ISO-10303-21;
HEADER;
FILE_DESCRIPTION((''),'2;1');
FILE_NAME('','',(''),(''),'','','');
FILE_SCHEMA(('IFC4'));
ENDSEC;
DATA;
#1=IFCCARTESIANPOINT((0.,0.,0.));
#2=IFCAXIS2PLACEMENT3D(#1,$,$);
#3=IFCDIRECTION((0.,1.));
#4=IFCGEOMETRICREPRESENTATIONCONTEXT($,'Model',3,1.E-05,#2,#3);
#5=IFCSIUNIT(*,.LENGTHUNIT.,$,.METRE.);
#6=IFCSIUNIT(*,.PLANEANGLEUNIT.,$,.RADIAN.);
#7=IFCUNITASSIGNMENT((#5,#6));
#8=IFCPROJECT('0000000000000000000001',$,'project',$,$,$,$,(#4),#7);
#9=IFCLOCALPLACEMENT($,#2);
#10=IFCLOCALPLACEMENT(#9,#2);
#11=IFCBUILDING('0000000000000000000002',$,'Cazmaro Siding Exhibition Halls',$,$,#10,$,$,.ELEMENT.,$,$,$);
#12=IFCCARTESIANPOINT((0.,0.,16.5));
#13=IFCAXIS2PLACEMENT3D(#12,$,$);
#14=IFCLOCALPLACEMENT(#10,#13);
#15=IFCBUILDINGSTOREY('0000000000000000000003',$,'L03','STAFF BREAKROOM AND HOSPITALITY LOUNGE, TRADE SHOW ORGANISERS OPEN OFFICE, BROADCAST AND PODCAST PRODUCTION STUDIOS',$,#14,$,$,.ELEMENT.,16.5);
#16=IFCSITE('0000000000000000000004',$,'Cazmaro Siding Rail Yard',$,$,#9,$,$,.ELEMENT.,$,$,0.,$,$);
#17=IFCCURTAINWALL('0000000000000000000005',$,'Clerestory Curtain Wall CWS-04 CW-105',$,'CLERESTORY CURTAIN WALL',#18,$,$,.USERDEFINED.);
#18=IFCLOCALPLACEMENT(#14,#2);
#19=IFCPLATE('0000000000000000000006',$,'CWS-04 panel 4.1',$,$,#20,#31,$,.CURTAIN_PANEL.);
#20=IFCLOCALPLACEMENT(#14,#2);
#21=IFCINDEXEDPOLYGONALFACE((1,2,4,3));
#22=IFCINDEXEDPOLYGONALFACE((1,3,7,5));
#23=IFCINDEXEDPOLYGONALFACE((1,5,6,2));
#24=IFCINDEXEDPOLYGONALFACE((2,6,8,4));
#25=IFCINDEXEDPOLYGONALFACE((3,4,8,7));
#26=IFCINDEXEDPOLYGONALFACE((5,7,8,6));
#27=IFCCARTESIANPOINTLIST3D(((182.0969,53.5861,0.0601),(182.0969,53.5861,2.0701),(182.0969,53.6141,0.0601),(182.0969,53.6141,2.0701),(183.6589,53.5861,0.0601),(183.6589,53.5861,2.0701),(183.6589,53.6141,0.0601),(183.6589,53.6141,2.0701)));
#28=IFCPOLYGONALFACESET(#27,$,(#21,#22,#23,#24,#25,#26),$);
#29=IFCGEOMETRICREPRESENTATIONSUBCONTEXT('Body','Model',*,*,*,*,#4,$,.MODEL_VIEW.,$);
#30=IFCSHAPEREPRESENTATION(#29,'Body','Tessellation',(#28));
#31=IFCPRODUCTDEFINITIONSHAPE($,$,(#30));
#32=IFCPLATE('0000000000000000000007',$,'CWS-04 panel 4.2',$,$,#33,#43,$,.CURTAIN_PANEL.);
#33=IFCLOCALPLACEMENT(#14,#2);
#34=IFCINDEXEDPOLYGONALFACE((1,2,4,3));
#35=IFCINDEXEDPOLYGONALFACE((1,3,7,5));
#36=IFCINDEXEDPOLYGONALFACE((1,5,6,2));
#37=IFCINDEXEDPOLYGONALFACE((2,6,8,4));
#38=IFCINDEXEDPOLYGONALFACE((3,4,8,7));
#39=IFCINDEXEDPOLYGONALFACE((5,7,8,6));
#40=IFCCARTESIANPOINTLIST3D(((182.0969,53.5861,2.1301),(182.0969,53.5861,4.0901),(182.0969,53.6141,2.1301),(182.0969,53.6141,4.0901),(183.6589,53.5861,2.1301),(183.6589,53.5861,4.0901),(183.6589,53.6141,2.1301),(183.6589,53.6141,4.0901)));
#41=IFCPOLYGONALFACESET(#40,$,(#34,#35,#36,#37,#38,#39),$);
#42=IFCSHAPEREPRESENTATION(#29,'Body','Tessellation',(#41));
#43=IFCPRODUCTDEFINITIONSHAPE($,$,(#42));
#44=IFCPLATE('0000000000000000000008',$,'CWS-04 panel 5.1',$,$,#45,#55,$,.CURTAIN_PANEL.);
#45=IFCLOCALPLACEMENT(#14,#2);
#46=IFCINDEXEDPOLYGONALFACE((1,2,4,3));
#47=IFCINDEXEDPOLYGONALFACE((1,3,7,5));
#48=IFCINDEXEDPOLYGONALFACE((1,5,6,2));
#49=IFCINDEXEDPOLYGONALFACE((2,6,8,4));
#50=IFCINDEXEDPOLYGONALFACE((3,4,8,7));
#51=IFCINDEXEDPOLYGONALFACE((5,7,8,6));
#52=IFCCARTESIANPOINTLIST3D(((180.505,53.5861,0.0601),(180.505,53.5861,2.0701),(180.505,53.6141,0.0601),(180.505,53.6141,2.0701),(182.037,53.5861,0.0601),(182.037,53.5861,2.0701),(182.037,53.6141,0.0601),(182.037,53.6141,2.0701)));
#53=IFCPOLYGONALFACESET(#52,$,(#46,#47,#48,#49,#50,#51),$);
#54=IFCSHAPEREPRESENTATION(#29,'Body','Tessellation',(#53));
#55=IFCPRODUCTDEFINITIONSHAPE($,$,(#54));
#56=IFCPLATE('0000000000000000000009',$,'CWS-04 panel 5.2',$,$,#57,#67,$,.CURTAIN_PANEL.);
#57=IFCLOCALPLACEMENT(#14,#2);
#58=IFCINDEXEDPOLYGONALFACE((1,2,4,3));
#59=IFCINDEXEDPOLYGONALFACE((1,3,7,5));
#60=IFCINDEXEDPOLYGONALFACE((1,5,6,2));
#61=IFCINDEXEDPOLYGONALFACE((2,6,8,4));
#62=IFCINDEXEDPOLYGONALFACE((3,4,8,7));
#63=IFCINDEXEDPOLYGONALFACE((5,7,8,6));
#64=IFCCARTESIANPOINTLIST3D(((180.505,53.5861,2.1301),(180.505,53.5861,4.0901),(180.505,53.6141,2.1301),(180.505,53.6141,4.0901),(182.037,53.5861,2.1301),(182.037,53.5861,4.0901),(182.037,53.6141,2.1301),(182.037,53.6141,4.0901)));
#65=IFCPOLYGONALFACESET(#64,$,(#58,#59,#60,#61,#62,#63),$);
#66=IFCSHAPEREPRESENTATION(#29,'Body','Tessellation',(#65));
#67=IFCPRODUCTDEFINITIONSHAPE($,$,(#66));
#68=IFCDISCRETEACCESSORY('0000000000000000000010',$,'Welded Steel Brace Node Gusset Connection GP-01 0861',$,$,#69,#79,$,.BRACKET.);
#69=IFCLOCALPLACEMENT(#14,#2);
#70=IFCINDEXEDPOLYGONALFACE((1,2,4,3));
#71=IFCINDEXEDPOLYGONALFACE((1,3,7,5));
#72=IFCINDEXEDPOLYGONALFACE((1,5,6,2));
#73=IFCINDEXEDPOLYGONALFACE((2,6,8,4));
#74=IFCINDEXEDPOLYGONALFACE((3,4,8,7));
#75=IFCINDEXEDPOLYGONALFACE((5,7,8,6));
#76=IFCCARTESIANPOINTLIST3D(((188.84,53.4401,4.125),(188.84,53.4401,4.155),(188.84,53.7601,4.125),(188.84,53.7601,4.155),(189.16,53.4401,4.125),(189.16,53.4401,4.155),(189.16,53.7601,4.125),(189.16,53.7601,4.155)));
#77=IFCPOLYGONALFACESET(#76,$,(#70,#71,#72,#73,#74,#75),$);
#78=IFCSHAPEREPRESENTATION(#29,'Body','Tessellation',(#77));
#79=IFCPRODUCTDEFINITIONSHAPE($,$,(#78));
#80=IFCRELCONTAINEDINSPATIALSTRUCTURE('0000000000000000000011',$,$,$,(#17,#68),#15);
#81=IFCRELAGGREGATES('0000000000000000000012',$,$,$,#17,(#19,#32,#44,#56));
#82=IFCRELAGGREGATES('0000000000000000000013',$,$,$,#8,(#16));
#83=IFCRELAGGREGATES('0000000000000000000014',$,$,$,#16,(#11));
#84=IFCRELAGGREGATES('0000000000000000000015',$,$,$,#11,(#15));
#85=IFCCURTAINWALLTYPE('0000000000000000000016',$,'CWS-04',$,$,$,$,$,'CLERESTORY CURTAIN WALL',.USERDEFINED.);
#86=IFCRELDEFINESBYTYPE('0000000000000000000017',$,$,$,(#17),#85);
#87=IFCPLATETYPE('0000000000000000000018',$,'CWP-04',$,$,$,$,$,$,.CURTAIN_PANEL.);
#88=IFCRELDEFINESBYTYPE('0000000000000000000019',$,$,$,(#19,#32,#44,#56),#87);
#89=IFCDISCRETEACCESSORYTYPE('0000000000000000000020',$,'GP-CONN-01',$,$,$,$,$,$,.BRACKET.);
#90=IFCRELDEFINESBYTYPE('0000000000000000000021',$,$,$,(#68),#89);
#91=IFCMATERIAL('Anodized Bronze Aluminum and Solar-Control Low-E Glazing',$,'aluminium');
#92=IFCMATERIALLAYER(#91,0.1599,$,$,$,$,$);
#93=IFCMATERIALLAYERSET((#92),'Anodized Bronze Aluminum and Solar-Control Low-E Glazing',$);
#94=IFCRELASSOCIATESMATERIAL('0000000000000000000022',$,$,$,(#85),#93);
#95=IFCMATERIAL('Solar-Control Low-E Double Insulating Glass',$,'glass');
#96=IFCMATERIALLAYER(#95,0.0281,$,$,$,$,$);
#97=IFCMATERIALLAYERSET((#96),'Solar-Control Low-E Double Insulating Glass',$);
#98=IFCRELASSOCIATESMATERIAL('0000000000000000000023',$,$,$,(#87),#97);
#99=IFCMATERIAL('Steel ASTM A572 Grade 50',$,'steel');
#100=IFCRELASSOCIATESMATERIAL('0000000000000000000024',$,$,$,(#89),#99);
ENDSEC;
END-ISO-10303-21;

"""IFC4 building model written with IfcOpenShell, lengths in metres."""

from ifc_helpers import new_model, si_unit, direction, frame, origin, origin_2d, place, context, subcontext, project, spatial, rectangle, extrude, material, layer, layer_set, type_object, element, aggregate, save


model = new_model("IFC4")

# Units and contexts
model_context = context("Model", 3, precision=1e-05, world=origin(), true_north=direction((0.0, 1.0)))
body_context = subcontext(model_context, "Body", "Model", "MODEL_VIEW")
ifc_project = project(units=[si_unit("LENGTHUNIT", "METRE"), si_unit("PLANEANGLEUNIT", "RADIAN")], contexts=[model_context])

# Site, building, storey
site_placement = place(None, origin())
site = spatial("IfcSite", under=ifc_project, at=site_placement, Name="Cazmaro Siding Rail Yard", CompositionType="ELEMENT", RefElevation=0.0)
building_placement = place(site_placement, origin())
building = spatial("IfcBuilding", under=site, at=building_placement, Name="Cazmaro Siding Exhibition Halls", CompositionType="ELEMENT")
storey_placement = place(building_placement, frame((0.0, 0.0, 16.5)))
storey = spatial("IfcBuildingStorey", under=building, at=storey_placement, Name="L03", Description="STAFF BREAKROOM AND HOSPITALITY LOUNGE, TRADE SHOW ORGANISERS OPEN OFFICE, BROADCAST AND PODCAST PRODUCTION STUDIOS", CompositionType="ELEMENT", Elevation=16.5)

# Curtain wall
ifc_material_1 = material(Name="Anodized Bronze Aluminum and Solar-Control Low-E Glazing", Category="aluminium")
ifc_layer_1 = layer(ifc_material_1, 0.1599)
ifc_layer_set_1 = layer_set([ifc_layer_1], Name="Anodized Bronze Aluminum and Solar-Control Low-E Glazing")
curtain_wall_type = type_object("IfcCurtainWallType", Name="CWS-04", ElementType="CLERESTORY CURTAIN WALL", PredefinedType="USERDEFINED", material=ifc_layer_set_1)
curtain_wall_placement = place(storey_placement, origin())
curtain_wall = element("IfcCurtainWall", 1, at=curtain_wall_placement, inside=storey, type_object=curtain_wall_type, Name="Clerestory Curtain Wall CWS-04 CW-105", ObjectType="CLERESTORY CURTAIN WALL", PredefinedType="USERDEFINED")

# Plates
ifc_material_2 = material(Name="Solar-Control Low-E Double Insulating Glass", Category="glass")
ifc_layer_2 = layer(ifc_material_2, 0.0281)
ifc_layer_set_2 = layer_set([ifc_layer_2], Name="Solar-Control Low-E Double Insulating Glass")
plate_type = type_object("IfcPlateType", Name="CWP-04", PredefinedType="CURTAIN_PANEL", material=ifc_layer_set_2)
plate_1_placement = place(storey_placement, frame((182.8779, 53.6001, 0.0601), z_axis=(0.0, 0.0, 1.0), x_axis=(-1.0, 0.0, 0.0)))
plate_1 = element("IfcPlate", 2, at=plate_1_placement, type_object=plate_type, Name="CWS-04 panel 4.1", PredefinedType="CURTAIN_PANEL", context=body_context, shape_type="SweptSolid", body=[
    extrude(rectangle(XDim=1.562, YDim=0.0281, at=origin_2d()), origin(), (0.0, 0.0, 1.0), 2.01),
])
plate_2_placement = place(storey_placement, frame((182.8779, 53.6001, 2.1301), z_axis=(0.0, 0.0, 1.0), x_axis=(-1.0, 0.0, 0.0)))
plate_2 = element("IfcPlate", 3, at=plate_2_placement, type_object=plate_type, Name="CWS-04 panel 4.2", PredefinedType="CURTAIN_PANEL", context=body_context, shape_type="SweptSolid", body=[
    extrude(rectangle(XDim=1.562, YDim=0.0281, at=origin_2d()), origin(), (0.0, 0.0, 1.0), 1.96),
])
plate_3_placement = place(storey_placement, frame((181.271, 53.6001, 0.0601), z_axis=(0.0, 0.0, 1.0), x_axis=(-1.0, 0.0, 0.0)))
plate_3 = element("IfcPlate", 4, at=plate_3_placement, type_object=plate_type, Name="CWS-04 panel 5.1", PredefinedType="CURTAIN_PANEL", context=body_context, shape_type="SweptSolid", body=[
    extrude(rectangle(XDim=1.532, YDim=0.0281, at=origin_2d()), origin(), (0.0, 0.0, 1.0), 2.01),
])
plate_4_placement = place(storey_placement, frame((181.271, 53.6001, 2.1301), z_axis=(0.0, 0.0, 1.0), x_axis=(-1.0, 0.0, 0.0)))
plate_4 = element("IfcPlate", 5, at=plate_4_placement, type_object=plate_type, Name="CWS-04 panel 5.2", PredefinedType="CURTAIN_PANEL", context=body_context, shape_type="SweptSolid", body=[
    extrude(rectangle(XDim=1.532, YDim=0.0281, at=origin_2d()), origin(), (0.0, 0.0, 1.0), 1.96),
])
aggregate(curtain_wall, [plate_1, plate_2, plate_3, plate_4])

# Discrete accessory
ifc_material_3 = material(Name="Steel ASTM A572 Grade 50", Category="steel")
discrete_accessory_type = type_object("IfcDiscreteAccessoryType", Name="GP-CONN-01", PredefinedType="BRACKET", material=ifc_material_3)
discrete_accessory_placement = place(storey_placement, frame((189.0, 53.6001, 4.125), z_axis=(0.0, 0.0, 1.0), x_axis=(1.0, 0.0, 0.0)))
element("IfcDiscreteAccessory", 6, at=discrete_accessory_placement, inside=storey, type_object=discrete_accessory_type, Name="Welded Steel Brace Node Gusset Connection GP-01 0861", PredefinedType="BRACKET", context=body_context, shape_type="SweptSolid", body=[
    extrude(rectangle(XDim=0.3201, YDim=0.3201, at=origin_2d()), origin(), (0.0, 0.0, 1.0), 0.03),
])

save(model, "model.ifc")
